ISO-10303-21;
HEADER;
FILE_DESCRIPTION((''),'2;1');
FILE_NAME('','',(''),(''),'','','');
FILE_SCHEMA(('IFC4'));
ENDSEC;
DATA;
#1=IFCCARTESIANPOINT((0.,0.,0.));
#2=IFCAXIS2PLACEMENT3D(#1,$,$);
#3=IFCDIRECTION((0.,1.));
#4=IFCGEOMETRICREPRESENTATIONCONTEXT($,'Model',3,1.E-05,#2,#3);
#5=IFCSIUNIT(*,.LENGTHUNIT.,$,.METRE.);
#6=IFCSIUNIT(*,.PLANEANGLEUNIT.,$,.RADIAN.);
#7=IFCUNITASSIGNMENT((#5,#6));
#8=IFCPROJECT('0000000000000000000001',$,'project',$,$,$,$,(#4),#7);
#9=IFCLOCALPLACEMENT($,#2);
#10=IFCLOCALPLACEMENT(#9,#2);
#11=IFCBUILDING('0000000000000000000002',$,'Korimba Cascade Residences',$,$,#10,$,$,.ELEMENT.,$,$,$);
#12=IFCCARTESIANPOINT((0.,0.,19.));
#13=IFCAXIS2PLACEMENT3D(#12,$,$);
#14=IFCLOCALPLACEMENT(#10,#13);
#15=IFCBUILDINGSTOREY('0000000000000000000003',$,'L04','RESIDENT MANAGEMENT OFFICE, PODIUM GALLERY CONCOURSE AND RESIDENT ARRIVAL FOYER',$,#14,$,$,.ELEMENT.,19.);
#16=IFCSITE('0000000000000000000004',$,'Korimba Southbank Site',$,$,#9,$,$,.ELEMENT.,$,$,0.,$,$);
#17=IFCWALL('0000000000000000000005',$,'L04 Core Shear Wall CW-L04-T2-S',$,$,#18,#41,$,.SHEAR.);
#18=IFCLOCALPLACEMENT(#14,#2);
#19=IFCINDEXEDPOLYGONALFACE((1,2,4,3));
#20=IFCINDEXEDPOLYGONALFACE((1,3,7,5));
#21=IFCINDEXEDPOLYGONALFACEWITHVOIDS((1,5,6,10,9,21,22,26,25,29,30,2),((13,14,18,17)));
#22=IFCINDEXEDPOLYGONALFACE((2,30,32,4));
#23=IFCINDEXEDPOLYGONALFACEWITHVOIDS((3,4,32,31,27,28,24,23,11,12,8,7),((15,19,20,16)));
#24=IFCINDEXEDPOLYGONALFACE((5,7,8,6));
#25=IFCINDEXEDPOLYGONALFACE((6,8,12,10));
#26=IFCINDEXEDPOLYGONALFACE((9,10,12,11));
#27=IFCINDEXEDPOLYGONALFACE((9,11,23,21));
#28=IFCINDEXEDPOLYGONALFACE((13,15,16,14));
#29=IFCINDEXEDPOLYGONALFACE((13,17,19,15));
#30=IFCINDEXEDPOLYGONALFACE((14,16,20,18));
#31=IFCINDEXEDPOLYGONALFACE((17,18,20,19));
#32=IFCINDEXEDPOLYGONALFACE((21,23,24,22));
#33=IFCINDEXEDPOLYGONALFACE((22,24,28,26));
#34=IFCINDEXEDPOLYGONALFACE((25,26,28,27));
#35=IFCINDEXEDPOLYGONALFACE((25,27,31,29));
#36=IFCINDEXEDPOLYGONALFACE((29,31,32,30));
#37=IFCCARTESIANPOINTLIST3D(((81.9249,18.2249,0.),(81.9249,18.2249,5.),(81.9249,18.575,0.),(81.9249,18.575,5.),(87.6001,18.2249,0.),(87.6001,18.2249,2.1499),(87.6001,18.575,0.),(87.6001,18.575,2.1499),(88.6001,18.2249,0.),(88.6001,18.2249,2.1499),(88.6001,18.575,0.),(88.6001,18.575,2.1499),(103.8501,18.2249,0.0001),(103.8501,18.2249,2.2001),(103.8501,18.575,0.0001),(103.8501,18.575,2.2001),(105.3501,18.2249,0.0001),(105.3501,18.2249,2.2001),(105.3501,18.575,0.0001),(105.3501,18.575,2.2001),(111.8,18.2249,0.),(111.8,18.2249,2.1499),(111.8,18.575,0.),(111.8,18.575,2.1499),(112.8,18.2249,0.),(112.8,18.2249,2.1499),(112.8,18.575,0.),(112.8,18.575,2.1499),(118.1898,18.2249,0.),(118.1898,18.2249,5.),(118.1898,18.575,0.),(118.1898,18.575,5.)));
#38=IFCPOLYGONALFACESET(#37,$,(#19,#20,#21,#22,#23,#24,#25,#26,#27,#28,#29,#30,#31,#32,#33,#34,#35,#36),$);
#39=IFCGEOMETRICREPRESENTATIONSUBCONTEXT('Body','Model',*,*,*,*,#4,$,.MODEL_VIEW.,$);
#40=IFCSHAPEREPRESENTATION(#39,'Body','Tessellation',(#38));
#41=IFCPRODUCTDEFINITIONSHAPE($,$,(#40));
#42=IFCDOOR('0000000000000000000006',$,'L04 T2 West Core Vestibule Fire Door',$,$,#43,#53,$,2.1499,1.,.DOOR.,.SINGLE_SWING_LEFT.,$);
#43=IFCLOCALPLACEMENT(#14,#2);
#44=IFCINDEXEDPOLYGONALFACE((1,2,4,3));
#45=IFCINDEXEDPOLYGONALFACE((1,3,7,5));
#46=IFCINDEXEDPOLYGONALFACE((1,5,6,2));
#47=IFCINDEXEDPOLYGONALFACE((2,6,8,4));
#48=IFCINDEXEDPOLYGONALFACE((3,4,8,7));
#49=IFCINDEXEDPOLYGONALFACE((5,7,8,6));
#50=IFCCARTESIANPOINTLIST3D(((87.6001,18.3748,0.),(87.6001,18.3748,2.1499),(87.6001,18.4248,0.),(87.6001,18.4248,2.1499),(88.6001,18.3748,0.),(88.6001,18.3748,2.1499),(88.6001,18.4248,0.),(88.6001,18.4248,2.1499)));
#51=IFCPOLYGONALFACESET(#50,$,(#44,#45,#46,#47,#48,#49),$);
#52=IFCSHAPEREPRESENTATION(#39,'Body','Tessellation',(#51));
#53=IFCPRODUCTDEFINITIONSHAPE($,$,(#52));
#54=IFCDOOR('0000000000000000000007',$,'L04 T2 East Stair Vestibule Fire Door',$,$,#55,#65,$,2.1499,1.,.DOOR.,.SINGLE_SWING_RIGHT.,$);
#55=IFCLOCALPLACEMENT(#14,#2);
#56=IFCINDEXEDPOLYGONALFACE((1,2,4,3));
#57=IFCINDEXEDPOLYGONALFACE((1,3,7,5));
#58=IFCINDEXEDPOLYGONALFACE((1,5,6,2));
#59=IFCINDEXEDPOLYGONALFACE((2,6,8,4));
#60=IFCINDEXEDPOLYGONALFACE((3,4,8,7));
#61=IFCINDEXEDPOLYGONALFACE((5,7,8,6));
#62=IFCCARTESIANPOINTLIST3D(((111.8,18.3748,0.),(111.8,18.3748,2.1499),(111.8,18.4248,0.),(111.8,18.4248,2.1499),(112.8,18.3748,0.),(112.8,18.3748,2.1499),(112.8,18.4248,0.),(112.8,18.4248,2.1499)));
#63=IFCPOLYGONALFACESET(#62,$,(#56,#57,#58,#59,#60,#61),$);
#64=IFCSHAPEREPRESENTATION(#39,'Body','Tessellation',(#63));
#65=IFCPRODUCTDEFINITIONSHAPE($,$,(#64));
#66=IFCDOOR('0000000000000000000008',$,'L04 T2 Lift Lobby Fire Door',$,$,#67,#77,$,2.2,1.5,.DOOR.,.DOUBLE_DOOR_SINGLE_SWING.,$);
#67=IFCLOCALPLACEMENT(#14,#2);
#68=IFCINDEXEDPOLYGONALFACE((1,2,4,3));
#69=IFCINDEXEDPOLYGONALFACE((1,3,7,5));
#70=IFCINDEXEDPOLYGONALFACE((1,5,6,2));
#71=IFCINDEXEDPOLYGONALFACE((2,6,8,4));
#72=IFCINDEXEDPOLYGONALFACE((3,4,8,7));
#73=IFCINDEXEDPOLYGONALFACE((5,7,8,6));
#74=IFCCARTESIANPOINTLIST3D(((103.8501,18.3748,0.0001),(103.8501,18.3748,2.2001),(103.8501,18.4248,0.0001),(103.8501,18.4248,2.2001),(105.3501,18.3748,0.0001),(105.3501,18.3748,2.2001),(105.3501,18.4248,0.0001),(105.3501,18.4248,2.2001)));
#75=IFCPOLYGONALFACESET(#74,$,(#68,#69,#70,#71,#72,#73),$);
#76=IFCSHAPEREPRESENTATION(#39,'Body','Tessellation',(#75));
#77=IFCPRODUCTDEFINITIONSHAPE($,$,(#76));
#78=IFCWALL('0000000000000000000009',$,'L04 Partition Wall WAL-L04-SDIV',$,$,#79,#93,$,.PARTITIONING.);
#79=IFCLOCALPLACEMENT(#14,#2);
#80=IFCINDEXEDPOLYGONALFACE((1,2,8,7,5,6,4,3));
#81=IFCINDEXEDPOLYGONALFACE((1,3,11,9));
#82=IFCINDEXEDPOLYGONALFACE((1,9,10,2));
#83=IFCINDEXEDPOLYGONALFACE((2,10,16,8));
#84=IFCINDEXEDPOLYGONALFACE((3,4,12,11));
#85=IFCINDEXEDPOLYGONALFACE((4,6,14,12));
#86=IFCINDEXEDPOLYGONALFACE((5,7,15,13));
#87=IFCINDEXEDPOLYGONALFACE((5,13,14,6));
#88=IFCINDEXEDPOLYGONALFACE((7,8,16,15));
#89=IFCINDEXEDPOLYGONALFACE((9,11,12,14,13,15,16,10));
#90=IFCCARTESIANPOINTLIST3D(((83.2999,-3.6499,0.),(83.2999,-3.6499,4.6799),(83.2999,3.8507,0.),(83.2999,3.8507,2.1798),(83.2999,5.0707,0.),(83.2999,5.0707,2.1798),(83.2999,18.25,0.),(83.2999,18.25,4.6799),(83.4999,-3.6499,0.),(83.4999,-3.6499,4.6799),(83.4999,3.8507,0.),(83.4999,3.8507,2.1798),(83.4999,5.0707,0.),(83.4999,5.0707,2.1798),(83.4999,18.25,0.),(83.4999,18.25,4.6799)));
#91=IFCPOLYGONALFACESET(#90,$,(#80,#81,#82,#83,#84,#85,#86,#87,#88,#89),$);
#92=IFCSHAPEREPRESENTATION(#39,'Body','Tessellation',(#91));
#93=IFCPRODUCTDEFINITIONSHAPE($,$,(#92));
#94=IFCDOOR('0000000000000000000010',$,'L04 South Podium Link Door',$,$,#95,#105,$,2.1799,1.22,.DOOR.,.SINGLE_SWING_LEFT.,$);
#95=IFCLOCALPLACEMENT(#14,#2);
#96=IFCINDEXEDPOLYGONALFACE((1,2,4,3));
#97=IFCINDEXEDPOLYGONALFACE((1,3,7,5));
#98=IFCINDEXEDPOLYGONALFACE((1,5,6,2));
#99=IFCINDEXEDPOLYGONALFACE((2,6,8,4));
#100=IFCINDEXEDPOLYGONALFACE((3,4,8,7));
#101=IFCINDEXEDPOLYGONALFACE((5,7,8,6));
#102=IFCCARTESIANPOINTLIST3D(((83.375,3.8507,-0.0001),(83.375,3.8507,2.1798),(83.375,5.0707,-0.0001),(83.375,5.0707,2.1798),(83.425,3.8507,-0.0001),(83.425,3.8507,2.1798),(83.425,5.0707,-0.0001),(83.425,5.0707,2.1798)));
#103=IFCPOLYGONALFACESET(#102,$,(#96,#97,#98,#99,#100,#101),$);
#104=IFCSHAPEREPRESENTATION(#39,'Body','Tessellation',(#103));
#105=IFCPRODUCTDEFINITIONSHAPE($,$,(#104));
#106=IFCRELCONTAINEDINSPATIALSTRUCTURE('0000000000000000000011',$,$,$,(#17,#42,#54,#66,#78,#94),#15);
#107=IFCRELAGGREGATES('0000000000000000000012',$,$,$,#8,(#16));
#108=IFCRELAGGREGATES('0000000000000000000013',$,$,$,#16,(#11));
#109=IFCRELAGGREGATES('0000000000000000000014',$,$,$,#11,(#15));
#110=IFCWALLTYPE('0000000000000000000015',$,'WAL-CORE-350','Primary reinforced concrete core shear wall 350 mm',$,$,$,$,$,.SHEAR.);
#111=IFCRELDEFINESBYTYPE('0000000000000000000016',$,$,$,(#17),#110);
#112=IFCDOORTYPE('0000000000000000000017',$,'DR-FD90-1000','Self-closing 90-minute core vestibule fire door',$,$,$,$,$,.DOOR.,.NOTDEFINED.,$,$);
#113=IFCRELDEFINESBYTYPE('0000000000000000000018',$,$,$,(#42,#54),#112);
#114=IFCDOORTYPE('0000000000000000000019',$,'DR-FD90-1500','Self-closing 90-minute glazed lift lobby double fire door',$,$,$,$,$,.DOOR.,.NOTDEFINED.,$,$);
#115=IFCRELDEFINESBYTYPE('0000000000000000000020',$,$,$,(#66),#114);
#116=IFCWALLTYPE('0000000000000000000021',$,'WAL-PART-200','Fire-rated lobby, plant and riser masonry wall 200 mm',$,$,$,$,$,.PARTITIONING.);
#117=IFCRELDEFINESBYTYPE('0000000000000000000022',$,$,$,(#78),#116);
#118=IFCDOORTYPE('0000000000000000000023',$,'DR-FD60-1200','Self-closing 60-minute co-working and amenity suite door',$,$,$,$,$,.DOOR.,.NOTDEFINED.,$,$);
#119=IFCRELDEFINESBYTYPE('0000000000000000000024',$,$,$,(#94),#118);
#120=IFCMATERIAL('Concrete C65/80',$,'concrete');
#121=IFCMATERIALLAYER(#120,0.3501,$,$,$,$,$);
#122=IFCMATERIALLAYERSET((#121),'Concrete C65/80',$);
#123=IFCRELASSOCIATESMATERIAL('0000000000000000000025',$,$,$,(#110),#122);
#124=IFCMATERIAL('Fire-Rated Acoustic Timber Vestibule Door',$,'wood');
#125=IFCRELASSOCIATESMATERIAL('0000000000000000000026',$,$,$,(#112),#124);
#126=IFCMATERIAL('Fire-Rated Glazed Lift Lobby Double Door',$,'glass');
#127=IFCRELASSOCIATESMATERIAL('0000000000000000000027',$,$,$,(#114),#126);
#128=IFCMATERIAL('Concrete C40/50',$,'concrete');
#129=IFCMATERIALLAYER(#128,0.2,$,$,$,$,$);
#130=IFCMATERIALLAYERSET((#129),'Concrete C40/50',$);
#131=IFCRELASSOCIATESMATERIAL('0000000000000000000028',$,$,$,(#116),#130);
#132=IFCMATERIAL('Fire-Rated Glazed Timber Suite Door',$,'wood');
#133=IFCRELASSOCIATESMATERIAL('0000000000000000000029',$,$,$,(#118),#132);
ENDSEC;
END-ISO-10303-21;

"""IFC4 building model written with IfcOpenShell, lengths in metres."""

from ifc_helpers import new_model, si_unit, direction, frame, frame_2d, origin, place, context, subcontext, project, spatial, rectangle, extrude, material, layer, layer_set, type_object, element, fill, save


model = new_model("IFC4")

# Units and contexts
model_context = context("Model", 3, precision=1e-05, world=origin(), true_north=direction((0.0, 1.0)))
body_context = subcontext(model_context, "Body", "Model", "MODEL_VIEW")
ifc_project = project(units=[si_unit("LENGTHUNIT", "METRE"), si_unit("PLANEANGLEUNIT", "RADIAN")], contexts=[model_context])

# Site, building, storey
site_placement = place(None, origin())
site = spatial("IfcSite", under=ifc_project, at=site_placement, Name="Korimba Southbank Site", CompositionType="ELEMENT", RefElevation=0.0)
building_placement = place(site_placement, origin())
building = spatial("IfcBuilding", under=site, at=building_placement, Name="Korimba Cascade Residences", CompositionType="ELEMENT")
storey_placement = place(building_placement, frame((0.0, 0.0, 19.0)))
storey = spatial("IfcBuildingStorey", under=building, at=storey_placement, Name="L04", Description="RESIDENT MANAGEMENT OFFICE, PODIUM GALLERY CONCOURSE AND RESIDENT ARRIVAL FOYER", CompositionType="ELEMENT", Elevation=19.0)

# Shared definitions
ifc_material_1 = material(Name="Concrete C65/80", Category="concrete")

# Wall, openings, doors
ifc_layer_1 = layer(ifc_material_1, 0.3501)
ifc_layer_set_1 = layer_set([ifc_layer_1], Name="Concrete C65/80")
wall_type_1 = type_object("IfcWallType", Name="WAL-CORE-350", Description="Primary reinforced concrete core shear wall 350 mm", PredefinedType="SHEAR", material=ifc_layer_set_1)
wall_1_placement = place(storey_placement, frame((81.925, 18.3999, 0.0), z_axis=(0.0, 0.0, 1.0), x_axis=(1.0, 0.0, 0.0)))
wall_1 = element("IfcWall", 1, at=wall_1_placement, inside=storey, type_object=wall_type_1, Name="L04 Core Shear Wall CW-L04-T2-S", PredefinedType="SHEAR", context=body_context, shape_type="SweptSolid", body=[
    extrude(rectangle(XDim=36.2649, YDim=0.3501, at=frame_2d((18.1323, 0.0))), origin(), (0.0, 0.0, 1.0), 5.0),
])
opening_1_placement = place(wall_1_placement, frame((5.675, 0.0, 0.0)))
opening_1 = element("IfcOpeningElement", 2, at=opening_1_placement, cuts=wall_1, PredefinedType="OPENING", context=body_context, shape_type="SweptSolid", body=[
    extrude(rectangle(XDim=1.0, YDim=2.1499, at=frame_2d((0.5, 1.075))), frame((0.0, 0.1851, 0.0), z_axis=(0.0, -1.0, 0.0), x_axis=(1.0, 0.0, 0.0)), (0.0, 0.0, 1.0), 0.3701),
])
opening_2_placement = place(wall_1_placement, frame((21.925, 0.0, 0.0)))
opening_2 = element("IfcOpeningElement", 3, at=opening_2_placement, cuts=wall_1, PredefinedType="OPENING", context=body_context, shape_type="SweptSolid", body=[
    extrude(rectangle(XDim=1.5, YDim=2.2, at=frame_2d((0.75, 1.1001))), frame((0.0, 0.1851, 0.0), z_axis=(0.0, -1.0, 0.0), x_axis=(1.0, 0.0, 0.0)), (0.0, 0.0, 1.0), 0.3701),
])
opening_3_placement = place(wall_1_placement, frame((29.875, 0.0, 0.0)))
opening_3 = element("IfcOpeningElement", 4, at=opening_3_placement, cuts=wall_1, PredefinedType="OPENING", context=body_context, shape_type="SweptSolid", body=[
    extrude(rectangle(XDim=1.0, YDim=2.1499, at=frame_2d((0.5, 1.075))), frame((0.0, 0.1851, 0.0), z_axis=(0.0, -1.0, 0.0), x_axis=(1.0, 0.0, 0.0)), (0.0, 0.0, 1.0), 0.3701),
])
ifc_material_2 = material(Name="Fire-Rated Acoustic Timber Vestibule Door", Category="wood")
door_type_1 = type_object("IfcDoorType", Name="DR-FD90-1000", Description="Self-closing 90-minute core vestibule fire door", OperationType="NOTDEFINED", PredefinedType="DOOR", material=ifc_material_2)
door_1_placement = place(opening_1_placement, origin())
door_1 = element("IfcDoor", 5, at=door_1_placement, inside=storey, type_object=door_type_1, Name="L04 T2 West Core Vestibule Fire Door", OperationType="SINGLE_SWING_LEFT", OverallHeight=2.1499, OverallWidth=1.0, PredefinedType="DOOR", context=body_context, shape_type="SweptSolid", body=[
    extrude(rectangle(XDim=1.0, YDim=2.1499, at=frame_2d((0.5, 1.075))), frame((0.0, 0.0249, 0.0), z_axis=(0.0, -1.0, 0.0), x_axis=(1.0, 0.0, 0.0)), (0.0, 0.0, 1.0), 0.05),
])
fill(opening_1, door_1)
door_2_placement = place(opening_3_placement, origin())
door_2 = element("IfcDoor", 6, at=door_2_placement, inside=storey, type_object=door_type_1, Name="L04 T2 East Stair Vestibule Fire Door", OperationType="SINGLE_SWING_RIGHT", OverallHeight=2.1499, OverallWidth=1.0, PredefinedType="DOOR", context=body_context, shape_type="SweptSolid", body=[
    extrude(rectangle(XDim=1.0, YDim=2.1499, at=frame_2d((0.5, 1.075))), frame((0.0, 0.0249, 0.0), z_axis=(0.0, -1.0, 0.0), x_axis=(1.0, 0.0, 0.0)), (0.0, 0.0, 1.0), 0.05),
])
fill(opening_3, door_2)
ifc_material_3 = material(Name="Fire-Rated Glazed Lift Lobby Double Door", Category="glass")
door_type_2 = type_object("IfcDoorType", Name="DR-FD90-1500", Description="Self-closing 90-minute glazed lift lobby double fire door", OperationType="NOTDEFINED", PredefinedType="DOOR", material=ifc_material_3)
door_3_placement = place(opening_2_placement, origin())
door_3 = element("IfcDoor", 7, at=door_3_placement, inside=storey, type_object=door_type_2, Name="L04 T2 Lift Lobby Fire Door", OperationType="DOUBLE_DOOR_SINGLE_SWING", OverallHeight=2.2, OverallWidth=1.5, PredefinedType="DOOR", context=body_context, shape_type="SweptSolid", body=[
    extrude(rectangle(XDim=1.5, YDim=2.2, at=frame_2d((0.75, 1.1001))), frame((0.0, 0.0249, 0.0), z_axis=(0.0, -1.0, 0.0), x_axis=(1.0, 0.0, 0.0)), (0.0, 0.0, 1.0), 0.05),
])
fill(opening_2, door_3)

# Wall, opening, door
ifc_material_4 = material(Name="Concrete C40/50", Category="concrete")
ifc_layer_2 = layer(ifc_material_4, 0.2)
ifc_layer_set_2 = layer_set([ifc_layer_2], Name="Concrete C40/50")
wall_type_2 = type_object("IfcWallType", Name="WAL-PART-200", Description="Fire-rated lobby, plant and riser masonry wall 200 mm", PredefinedType="PARTITIONING", material=ifc_layer_set_2)
wall_2_placement = place(storey_placement, frame((83.3999, -3.6499, 0.0), z_axis=(0.0, 0.0, 1.0), x_axis=(0.0, 1.0, 0.0)))
wall_2 = element("IfcWall", 8, at=wall_2_placement, inside=storey, type_object=wall_type_2, Name="L04 Partition Wall WAL-L04-SDIV", PredefinedType="PARTITIONING", context=body_context, shape_type="SweptSolid", body=[
    extrude(rectangle(XDim=21.8999, YDim=0.2, at=frame_2d((10.95, 0.0))), origin(), (0.0, 0.0, 1.0), 4.6799),
])
opening_4_placement = place(wall_2_placement, frame((7.5007, 0.0, 0.0)))
opening_4 = element("IfcOpeningElement", 9, at=opening_4_placement, cuts=wall_2, PredefinedType="OPENING", context=body_context, shape_type="SweptSolid", body=[
    extrude(rectangle(XDim=1.22, YDim=2.1799, at=frame_2d((0.6099, 1.0898))), frame((0.0, 0.1099, 0.0), z_axis=(0.0, -1.0, 0.0), x_axis=(1.0, 0.0, 0.0)), (0.0, 0.0, 1.0), 0.22),
])
ifc_material_5 = material(Name="Fire-Rated Glazed Timber Suite Door", Category="wood")
door_type_3 = type_object("IfcDoorType", Name="DR-FD60-1200", Description="Self-closing 60-minute co-working and amenity suite door", OperationType="NOTDEFINED", PredefinedType="DOOR", material=ifc_material_5)
door_4_placement = place(opening_4_placement, origin())
door_4 = element("IfcDoor", 10, at=door_4_placement, inside=storey, type_object=door_type_3, Name="L04 South Podium Link Door", OperationType="SINGLE_SWING_LEFT", OverallHeight=2.1799, OverallWidth=1.22, PredefinedType="DOOR", context=body_context, shape_type="SweptSolid", body=[
    extrude(rectangle(XDim=1.22, YDim=2.1799, at=frame_2d((0.6099, 1.0898))), frame((0.0, 0.0249, 0.0), z_axis=(0.0, -1.0, 0.0), x_axis=(1.0, 0.0, 0.0)), (0.0, 0.0, 1.0), 0.05),
])
fill(opening_4, door_4)

save(model, "model.ifc")
